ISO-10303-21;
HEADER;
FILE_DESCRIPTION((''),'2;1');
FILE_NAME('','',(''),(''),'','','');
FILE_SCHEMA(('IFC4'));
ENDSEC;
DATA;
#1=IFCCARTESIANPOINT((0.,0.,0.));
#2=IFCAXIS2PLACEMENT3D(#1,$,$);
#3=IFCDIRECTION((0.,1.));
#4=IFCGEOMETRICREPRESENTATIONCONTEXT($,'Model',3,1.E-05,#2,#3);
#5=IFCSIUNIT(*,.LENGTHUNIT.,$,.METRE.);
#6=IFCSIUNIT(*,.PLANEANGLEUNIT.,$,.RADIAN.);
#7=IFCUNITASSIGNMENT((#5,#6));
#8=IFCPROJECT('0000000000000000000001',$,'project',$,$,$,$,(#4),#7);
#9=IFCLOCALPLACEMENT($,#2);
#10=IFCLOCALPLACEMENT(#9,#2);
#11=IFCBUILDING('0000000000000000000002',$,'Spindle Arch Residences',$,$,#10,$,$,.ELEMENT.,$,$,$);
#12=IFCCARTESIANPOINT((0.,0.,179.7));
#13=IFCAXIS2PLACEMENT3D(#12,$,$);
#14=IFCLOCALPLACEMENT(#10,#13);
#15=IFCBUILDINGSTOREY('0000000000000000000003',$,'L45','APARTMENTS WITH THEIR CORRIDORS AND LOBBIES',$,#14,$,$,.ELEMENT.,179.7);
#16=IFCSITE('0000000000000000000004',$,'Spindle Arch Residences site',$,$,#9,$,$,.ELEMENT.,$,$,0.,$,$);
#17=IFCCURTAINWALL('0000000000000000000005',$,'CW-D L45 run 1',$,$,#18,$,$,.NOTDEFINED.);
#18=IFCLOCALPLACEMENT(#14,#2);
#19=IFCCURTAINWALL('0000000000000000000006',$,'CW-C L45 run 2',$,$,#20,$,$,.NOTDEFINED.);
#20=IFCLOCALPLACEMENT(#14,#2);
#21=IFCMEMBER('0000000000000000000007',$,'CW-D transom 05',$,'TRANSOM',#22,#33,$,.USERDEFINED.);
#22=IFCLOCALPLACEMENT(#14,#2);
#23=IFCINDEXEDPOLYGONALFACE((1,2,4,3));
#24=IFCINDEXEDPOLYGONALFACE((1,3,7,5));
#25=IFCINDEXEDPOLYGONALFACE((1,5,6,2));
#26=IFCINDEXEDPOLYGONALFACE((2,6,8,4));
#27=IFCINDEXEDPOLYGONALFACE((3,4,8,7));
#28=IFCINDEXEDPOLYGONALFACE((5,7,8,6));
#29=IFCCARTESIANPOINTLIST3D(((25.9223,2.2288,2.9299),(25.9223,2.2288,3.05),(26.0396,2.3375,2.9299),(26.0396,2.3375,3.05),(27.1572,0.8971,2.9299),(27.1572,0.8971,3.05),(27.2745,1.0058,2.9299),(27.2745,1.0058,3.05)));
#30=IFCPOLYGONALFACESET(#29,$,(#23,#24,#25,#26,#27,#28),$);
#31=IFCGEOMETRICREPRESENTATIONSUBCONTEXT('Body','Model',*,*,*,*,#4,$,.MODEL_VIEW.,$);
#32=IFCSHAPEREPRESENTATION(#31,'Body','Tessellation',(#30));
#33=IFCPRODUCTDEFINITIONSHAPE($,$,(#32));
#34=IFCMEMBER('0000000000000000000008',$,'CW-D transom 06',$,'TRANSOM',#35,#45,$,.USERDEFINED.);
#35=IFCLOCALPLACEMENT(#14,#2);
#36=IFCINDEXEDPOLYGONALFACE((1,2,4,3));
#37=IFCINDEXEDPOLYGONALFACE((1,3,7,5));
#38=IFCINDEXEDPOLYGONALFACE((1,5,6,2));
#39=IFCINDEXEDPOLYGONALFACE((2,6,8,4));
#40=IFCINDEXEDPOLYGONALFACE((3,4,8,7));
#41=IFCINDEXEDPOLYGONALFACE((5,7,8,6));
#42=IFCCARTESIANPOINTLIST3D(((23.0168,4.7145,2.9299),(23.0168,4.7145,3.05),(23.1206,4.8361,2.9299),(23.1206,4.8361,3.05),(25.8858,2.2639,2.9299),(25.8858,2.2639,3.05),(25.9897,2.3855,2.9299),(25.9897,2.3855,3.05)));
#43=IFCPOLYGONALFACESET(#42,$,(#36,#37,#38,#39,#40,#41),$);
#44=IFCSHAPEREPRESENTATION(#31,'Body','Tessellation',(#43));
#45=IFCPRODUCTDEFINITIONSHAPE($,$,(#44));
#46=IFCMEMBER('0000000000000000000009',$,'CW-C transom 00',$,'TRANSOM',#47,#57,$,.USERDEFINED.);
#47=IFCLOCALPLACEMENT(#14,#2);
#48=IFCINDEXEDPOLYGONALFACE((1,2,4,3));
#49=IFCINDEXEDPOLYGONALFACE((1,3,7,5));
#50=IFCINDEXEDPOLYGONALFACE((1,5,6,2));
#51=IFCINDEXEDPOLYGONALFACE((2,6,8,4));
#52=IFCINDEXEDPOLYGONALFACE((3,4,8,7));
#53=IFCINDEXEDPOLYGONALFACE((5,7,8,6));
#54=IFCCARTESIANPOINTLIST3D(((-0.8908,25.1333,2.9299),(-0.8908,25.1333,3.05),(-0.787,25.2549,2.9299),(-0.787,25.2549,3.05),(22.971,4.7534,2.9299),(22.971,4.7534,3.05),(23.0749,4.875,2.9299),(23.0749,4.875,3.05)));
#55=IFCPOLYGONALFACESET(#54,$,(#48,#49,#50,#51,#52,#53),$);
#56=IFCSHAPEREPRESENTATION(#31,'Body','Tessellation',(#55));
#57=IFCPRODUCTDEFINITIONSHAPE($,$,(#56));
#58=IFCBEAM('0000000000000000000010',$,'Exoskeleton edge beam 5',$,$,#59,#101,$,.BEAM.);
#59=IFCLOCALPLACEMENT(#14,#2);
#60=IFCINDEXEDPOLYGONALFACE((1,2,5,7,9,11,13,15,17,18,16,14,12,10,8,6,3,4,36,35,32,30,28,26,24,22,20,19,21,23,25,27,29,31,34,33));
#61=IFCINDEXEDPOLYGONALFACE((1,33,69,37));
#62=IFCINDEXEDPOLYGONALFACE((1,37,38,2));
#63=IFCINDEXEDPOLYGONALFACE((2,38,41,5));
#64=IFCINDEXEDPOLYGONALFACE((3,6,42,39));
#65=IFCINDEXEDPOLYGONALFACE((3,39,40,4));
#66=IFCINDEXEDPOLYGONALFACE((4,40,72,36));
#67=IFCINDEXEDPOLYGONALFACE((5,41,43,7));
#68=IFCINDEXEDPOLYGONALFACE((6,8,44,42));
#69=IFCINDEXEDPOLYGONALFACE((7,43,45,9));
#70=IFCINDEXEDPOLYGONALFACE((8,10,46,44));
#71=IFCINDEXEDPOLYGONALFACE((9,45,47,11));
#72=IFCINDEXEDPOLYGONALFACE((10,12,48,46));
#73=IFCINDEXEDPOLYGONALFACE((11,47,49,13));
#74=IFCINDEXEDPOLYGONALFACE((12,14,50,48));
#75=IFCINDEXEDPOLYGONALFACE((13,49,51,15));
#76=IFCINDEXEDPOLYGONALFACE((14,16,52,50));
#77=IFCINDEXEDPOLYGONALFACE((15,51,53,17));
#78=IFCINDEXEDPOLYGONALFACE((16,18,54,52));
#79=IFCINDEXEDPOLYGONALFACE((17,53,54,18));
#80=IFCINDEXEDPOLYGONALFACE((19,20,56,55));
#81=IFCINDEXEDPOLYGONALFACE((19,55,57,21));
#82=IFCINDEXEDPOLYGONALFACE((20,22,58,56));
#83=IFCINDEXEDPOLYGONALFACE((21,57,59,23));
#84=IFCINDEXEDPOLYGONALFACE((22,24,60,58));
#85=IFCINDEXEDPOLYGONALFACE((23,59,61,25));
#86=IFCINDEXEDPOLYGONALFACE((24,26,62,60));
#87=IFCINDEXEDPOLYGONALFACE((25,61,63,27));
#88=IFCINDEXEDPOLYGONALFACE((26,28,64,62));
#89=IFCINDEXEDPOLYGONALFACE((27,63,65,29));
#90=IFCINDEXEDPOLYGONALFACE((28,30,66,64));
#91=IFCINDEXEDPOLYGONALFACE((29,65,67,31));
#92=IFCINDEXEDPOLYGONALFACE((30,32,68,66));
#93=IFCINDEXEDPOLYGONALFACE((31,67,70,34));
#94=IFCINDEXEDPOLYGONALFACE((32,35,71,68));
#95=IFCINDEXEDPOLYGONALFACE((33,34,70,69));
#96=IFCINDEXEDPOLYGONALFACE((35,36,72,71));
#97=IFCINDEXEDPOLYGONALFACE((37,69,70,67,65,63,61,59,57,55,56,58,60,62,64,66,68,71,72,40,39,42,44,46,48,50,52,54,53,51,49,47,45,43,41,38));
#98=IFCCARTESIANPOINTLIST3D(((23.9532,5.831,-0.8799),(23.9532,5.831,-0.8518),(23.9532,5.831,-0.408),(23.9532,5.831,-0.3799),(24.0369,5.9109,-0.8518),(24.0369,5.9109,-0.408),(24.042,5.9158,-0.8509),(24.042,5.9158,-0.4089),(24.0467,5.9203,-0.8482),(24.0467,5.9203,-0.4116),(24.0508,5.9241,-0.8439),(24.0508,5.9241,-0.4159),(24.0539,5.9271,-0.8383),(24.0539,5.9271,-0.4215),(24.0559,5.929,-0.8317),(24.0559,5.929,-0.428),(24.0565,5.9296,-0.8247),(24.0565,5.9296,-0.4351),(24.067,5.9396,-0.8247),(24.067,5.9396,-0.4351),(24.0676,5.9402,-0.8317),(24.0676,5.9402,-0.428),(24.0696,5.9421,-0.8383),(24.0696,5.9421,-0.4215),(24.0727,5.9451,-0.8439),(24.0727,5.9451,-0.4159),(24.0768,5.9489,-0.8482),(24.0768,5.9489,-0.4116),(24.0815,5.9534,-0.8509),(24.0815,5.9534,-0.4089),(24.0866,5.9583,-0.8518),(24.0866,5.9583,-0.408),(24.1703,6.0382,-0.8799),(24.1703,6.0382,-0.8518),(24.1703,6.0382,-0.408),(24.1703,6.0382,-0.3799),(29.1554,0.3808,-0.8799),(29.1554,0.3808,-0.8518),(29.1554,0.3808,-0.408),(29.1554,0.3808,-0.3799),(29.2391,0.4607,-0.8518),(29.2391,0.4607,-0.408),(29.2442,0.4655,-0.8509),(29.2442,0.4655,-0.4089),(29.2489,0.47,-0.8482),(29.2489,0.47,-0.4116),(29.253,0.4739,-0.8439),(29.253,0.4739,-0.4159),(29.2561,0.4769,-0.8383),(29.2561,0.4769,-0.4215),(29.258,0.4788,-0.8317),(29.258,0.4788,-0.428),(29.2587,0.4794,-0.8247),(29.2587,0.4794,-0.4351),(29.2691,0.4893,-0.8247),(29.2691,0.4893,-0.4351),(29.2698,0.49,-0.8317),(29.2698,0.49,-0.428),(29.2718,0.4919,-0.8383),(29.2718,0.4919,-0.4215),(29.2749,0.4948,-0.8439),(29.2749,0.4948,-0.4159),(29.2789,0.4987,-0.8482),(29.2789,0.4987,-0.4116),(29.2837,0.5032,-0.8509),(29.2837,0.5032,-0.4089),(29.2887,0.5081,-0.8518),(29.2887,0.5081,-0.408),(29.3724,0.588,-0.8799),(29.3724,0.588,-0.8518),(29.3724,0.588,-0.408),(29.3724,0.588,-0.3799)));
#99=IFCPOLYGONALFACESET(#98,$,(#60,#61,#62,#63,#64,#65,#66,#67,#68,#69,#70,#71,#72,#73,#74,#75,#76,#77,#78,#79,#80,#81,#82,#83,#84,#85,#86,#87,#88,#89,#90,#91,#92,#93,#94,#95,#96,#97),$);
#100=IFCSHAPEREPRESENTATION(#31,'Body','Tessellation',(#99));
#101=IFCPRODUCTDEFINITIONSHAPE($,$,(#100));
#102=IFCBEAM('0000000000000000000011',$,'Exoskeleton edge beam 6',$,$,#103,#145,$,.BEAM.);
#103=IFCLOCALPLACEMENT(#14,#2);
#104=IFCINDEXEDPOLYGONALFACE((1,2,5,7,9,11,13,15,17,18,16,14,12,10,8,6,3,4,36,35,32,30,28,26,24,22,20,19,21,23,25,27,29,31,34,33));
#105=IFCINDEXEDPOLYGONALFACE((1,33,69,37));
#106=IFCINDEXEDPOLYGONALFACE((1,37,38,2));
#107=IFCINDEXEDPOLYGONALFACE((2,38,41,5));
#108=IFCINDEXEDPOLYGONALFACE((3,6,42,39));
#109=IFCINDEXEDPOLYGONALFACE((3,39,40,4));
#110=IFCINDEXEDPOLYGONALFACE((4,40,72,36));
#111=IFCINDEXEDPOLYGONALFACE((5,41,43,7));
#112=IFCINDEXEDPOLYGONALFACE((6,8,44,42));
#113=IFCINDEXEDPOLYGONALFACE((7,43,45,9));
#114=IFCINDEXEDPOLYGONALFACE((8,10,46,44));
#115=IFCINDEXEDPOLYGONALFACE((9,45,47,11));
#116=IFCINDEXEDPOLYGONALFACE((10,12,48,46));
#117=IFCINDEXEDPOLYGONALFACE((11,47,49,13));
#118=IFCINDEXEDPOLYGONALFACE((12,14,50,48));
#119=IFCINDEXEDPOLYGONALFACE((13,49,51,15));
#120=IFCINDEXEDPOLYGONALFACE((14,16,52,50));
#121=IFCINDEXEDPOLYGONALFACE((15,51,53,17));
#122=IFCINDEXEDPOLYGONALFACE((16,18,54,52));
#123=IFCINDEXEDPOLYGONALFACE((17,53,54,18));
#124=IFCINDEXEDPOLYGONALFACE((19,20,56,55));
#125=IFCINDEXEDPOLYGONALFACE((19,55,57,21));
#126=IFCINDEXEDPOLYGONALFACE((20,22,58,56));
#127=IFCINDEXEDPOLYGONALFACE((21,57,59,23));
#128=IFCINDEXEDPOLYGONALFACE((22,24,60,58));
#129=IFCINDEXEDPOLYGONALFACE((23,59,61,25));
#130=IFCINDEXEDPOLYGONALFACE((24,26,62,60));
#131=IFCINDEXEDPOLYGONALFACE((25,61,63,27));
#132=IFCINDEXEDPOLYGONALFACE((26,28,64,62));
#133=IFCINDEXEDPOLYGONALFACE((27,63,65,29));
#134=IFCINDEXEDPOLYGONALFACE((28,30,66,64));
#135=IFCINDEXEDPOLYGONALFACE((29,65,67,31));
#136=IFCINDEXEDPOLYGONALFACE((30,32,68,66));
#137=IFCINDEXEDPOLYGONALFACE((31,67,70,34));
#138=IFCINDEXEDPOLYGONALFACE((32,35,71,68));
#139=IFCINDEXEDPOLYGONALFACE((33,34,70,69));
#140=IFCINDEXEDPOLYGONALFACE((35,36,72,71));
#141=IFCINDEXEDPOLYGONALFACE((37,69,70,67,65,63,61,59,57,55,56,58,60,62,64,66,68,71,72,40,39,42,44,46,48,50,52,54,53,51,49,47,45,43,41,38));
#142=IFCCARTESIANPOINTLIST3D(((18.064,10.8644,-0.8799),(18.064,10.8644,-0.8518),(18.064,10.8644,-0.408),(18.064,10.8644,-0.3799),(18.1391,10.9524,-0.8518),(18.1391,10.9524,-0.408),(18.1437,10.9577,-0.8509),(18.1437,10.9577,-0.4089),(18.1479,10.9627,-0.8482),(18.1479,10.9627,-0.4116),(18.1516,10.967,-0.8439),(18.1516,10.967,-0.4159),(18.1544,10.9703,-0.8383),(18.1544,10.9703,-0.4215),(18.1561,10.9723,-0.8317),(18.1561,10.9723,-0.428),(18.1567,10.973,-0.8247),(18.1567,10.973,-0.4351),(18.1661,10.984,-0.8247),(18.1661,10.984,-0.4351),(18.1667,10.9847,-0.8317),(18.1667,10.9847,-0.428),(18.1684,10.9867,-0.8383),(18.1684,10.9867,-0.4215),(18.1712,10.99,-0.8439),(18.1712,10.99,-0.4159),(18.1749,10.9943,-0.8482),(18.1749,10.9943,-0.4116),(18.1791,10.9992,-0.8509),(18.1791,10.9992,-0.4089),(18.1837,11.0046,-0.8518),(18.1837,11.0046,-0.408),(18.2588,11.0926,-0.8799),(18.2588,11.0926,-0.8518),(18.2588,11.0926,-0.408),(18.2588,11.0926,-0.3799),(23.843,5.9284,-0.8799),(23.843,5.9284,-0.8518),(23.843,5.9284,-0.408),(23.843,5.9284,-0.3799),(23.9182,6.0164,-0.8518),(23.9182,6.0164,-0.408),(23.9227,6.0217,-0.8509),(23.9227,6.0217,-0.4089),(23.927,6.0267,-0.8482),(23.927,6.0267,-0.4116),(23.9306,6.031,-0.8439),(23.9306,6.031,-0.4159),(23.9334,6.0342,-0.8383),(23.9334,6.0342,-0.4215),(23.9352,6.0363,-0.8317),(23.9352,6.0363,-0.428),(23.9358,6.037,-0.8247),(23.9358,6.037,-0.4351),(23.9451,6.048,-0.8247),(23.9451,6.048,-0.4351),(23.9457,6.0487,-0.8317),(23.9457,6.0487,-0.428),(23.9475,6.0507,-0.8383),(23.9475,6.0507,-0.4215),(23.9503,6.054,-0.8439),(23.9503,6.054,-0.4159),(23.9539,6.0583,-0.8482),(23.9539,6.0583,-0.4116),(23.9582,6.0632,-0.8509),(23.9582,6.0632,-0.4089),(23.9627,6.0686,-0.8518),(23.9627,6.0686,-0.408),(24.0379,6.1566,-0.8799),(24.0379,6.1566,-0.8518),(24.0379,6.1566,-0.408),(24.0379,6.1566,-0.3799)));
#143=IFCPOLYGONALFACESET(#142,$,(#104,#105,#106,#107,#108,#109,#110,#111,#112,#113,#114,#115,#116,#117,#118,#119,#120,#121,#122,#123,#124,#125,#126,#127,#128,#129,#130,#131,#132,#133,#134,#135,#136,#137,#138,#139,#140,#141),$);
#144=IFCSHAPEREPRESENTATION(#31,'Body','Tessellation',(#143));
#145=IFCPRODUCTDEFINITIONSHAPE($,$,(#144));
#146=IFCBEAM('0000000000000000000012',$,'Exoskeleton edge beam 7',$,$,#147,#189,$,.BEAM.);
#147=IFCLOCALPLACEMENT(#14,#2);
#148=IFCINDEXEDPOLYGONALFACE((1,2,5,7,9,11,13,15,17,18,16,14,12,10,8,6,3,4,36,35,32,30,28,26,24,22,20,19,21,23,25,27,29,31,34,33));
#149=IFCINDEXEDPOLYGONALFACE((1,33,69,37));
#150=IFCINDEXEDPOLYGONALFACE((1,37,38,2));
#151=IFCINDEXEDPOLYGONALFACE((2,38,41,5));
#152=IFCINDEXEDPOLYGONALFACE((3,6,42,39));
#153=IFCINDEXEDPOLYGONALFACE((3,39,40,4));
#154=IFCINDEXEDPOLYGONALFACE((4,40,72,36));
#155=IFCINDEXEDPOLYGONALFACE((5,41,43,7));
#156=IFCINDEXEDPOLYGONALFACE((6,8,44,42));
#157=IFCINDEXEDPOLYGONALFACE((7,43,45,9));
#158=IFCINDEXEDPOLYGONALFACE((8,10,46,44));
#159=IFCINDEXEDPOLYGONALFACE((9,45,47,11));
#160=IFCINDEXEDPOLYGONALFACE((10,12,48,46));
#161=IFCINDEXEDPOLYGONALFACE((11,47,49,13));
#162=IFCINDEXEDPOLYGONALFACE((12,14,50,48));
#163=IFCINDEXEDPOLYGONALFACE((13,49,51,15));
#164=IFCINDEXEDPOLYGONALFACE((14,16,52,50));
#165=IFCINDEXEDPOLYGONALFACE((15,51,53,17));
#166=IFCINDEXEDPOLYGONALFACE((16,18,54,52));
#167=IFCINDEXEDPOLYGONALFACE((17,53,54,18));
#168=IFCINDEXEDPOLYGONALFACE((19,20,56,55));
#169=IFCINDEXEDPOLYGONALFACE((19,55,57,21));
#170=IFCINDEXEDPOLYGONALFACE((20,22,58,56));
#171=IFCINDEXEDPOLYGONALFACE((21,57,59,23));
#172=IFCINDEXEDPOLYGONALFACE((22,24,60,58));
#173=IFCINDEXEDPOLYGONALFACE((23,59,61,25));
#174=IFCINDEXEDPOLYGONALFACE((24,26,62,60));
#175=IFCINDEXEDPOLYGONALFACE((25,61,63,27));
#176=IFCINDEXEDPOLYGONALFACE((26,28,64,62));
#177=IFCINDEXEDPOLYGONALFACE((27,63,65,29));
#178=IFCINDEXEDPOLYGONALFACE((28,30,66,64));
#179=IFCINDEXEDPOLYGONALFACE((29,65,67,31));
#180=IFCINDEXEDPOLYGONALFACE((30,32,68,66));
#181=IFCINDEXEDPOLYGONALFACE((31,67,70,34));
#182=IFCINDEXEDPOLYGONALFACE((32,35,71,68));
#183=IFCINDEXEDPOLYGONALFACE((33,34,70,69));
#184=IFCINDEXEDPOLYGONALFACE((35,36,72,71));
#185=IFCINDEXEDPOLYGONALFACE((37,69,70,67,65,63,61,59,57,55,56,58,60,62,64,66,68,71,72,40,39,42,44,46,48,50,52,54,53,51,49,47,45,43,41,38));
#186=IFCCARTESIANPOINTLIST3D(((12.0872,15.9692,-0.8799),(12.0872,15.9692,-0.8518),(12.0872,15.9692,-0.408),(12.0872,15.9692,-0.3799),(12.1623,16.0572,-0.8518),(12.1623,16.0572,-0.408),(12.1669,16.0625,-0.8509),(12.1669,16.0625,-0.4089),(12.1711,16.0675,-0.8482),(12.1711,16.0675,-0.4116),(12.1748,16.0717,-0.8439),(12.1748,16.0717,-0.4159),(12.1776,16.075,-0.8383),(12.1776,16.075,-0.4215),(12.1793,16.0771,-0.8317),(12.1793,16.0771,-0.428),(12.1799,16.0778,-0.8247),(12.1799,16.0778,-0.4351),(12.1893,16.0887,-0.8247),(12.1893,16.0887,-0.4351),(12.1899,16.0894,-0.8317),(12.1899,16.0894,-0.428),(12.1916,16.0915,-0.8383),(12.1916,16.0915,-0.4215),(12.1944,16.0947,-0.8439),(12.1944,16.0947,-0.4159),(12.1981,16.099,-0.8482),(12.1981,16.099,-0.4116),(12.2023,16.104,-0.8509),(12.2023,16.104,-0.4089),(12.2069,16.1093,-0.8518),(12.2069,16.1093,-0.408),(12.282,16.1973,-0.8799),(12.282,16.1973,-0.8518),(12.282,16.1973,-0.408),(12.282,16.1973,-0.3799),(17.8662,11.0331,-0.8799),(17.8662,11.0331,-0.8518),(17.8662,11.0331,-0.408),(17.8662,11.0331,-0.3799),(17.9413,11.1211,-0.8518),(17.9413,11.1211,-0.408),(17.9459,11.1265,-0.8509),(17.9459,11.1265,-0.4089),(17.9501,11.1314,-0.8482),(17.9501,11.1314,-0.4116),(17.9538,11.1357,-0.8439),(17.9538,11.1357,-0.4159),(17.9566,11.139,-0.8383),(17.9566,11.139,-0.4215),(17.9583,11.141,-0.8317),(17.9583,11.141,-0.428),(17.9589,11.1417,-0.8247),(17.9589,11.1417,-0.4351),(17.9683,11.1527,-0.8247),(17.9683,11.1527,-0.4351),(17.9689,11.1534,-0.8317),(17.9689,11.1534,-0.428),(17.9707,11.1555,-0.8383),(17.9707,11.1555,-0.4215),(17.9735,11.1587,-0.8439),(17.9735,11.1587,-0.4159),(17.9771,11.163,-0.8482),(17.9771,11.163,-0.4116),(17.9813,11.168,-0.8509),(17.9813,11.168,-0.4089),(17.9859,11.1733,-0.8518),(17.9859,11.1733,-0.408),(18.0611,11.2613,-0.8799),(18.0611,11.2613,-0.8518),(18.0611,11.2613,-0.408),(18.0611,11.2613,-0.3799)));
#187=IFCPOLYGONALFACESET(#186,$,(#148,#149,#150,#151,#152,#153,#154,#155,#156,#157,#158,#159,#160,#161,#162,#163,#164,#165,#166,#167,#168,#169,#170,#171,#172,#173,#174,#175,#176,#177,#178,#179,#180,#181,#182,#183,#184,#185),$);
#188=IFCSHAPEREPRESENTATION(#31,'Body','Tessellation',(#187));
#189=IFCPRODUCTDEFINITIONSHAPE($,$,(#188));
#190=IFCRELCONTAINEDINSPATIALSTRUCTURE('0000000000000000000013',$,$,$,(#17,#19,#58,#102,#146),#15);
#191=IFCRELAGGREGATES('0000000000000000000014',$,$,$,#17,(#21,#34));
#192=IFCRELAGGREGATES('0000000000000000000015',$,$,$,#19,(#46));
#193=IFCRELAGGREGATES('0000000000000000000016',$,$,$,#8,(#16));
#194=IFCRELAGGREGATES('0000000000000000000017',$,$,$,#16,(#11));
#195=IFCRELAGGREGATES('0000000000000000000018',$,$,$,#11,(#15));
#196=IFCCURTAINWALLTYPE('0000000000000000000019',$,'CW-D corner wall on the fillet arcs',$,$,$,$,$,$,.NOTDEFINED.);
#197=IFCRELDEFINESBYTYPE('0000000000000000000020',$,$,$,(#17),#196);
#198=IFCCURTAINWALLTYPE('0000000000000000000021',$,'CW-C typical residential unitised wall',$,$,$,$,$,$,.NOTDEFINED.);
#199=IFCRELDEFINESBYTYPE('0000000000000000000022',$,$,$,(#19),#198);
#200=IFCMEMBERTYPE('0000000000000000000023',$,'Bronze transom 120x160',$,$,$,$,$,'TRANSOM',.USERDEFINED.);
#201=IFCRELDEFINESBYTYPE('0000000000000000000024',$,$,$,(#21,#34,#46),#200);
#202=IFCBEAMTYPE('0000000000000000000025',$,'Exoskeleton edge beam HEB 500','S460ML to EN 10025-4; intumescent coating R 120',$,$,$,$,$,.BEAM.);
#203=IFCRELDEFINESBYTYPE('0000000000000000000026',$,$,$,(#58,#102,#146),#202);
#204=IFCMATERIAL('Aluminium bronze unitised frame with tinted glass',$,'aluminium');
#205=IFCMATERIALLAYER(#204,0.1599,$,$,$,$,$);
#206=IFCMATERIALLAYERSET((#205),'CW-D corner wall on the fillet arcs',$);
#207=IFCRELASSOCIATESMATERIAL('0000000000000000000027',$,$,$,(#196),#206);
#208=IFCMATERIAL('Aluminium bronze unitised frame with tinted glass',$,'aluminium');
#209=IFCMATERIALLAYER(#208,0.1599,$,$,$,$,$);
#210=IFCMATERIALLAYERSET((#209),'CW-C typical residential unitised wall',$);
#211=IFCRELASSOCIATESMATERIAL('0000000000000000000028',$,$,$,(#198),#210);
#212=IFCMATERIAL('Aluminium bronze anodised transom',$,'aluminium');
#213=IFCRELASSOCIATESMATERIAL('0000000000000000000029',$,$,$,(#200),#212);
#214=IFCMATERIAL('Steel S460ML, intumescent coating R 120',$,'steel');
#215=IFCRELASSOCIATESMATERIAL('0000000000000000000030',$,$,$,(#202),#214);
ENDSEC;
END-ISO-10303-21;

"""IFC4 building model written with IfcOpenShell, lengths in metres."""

from ifc_helpers import new_model, si_unit, direction, frame, origin, origin_2d, place, context, subcontext, project, spatial, rectangle, i_section, extrude, material, layer, layer_set, material_profile, profile_set, type_object, element, aggregate, save


model = new_model("IFC4")

# Units and contexts
model_context = context("Model", 3, precision=1e-05, world=origin(), true_north=direction((0.0, 1.0)))
body_context = subcontext(model_context, "Body", "Model", "MODEL_VIEW")
ifc_project = project(units=[si_unit("LENGTHUNIT", "METRE"), si_unit("PLANEANGLEUNIT", "RADIAN")], contexts=[model_context])

# Site, building, storey
site_placement = place(None, origin())
site = spatial("IfcSite", under=ifc_project, at=site_placement, Name="Spindle Arch Residences site", CompositionType="ELEMENT", RefElevation=0.0)
building_placement = place(site_placement, origin())
building = spatial("IfcBuilding", under=site, at=building_placement, Name="Spindle Arch Residences", CompositionType="ELEMENT")
storey_placement = place(building_placement, frame((0.0, 0.0, 179.7)))
storey = spatial("IfcBuildingStorey", under=building, at=storey_placement, Name="L45", Description="APARTMENTS WITH THEIR CORRIDORS AND LOBBIES", CompositionType="ELEMENT", Elevation=179.7)

# Curtain walls
ifc_material_1 = material(Name="Aluminium bronze unitised frame with tinted glass", Category="aluminium")
ifc_layer_1 = layer(ifc_material_1, 0.1599)
ifc_layer_set_1 = layer_set([ifc_layer_1], Name="CW-D corner wall on the fillet arcs")
curtain_wall_type_1 = type_object("IfcCurtainWallType", Name="CW-D corner wall on the fillet arcs", PredefinedType="NOTDEFINED", material=ifc_layer_set_1)
curtain_wall_1_placement = place(storey_placement, origin())
curtain_wall_1 = element("IfcCurtainWall", 1, at=curtain_wall_1_placement, inside=storey, type_object=curtain_wall_type_1, Name="CW-D L45 run 1", PredefinedType="NOTDEFINED")
ifc_material_2 = material(Name="Aluminium bronze unitised frame with tinted glass", Category="aluminium")
ifc_layer_2 = layer(ifc_material_2, 0.1599)
ifc_layer_set_2 = layer_set([ifc_layer_2], Name="CW-C typical residential unitised wall")
curtain_wall_type_2 = type_object("IfcCurtainWallType", Name="CW-C typical residential unitised wall", PredefinedType="NOTDEFINED", material=ifc_layer_set_2)
curtain_wall_2_placement = place(storey_placement, origin())
curtain_wall_2 = element("IfcCurtainWall", 2, at=curtain_wall_2_placement, inside=storey, type_object=curtain_wall_type_2, Name="CW-C L45 run 2", PredefinedType="NOTDEFINED")

# Members
ifc_material_3 = material(Name="Aluminium bronze anodised transom", Category="aluminium")
ifc_material_profile_1 = material_profile(ifc_material_3, rectangle(XDim=0.1599, YDim=0.1201, at=origin_2d()), Name="TR 120x160")
ifc_profile_set_1 = profile_set([ifc_material_profile_1], Name="Aluminium bronze anodised transom")
member_type_1 = type_object("IfcMemberType", Name="Bronze transom 120x160", ElementType="TRANSOM", PredefinedType="USERDEFINED", material=ifc_profile_set_1)
member_1_placement = place(storey_placement, frame((27.2158, 0.9514, 2.99), z_axis=(-0.67992, 0.733286, 0.0), x_axis=(-0.733286, -0.67992, 0.0)))
member_1 = element("IfcMember", 3, at=member_1_placement, type_object=member_type_1, Name="CW-D transom 05", ObjectType="TRANSOM", PredefinedType="USERDEFINED", context=body_context, shape_type="SweptSolid", body=[
    extrude(rectangle(XDim=0.1599, YDim=0.1201, at=origin_2d()), origin(), (0.0, 0.0, 1.0), 1.8162),
])
member_2_placement = place(storey_placement, frame((25.9377, 2.3247, 2.99), z_axis=(-0.760379, 0.64948, 0.0), x_axis=(-0.64948, -0.760379, 0.0)))
member_2 = element("IfcMember", 4, at=member_2_placement, type_object=member_type_1, Name="CW-D transom 06", ObjectType="TRANSOM", PredefinedType="USERDEFINED", context=body_context, shape_type="SweptSolid", body=[
    extrude(rectangle(XDim=0.1599, YDim=0.1201, at=origin_2d()), origin(), (0.0, 0.0, 1.0), 3.7732),
])
member_3_placement = place(storey_placement, frame((23.0229, 4.8142, 2.99), z_axis=(-0.760406, 0.649447, 0.0), x_axis=(-0.649447, -0.760406, 0.0)))
member_3 = element("IfcMember", 5, at=member_3_placement, type_object=member_type_1, Name="CW-C transom 00", ObjectType="TRANSOM", PredefinedType="USERDEFINED", context=body_context, shape_type="SweptSolid", body=[
    extrude(rectangle(XDim=0.1599, YDim=0.1201, at=origin_2d()), origin(), (0.0, 0.0, 1.0), 31.3804),
])

# Beams
ifc_material_4 = material(Name="Steel S460ML, intumescent coating R 120", Category="steel")
ifc_material_profile_2 = material_profile(ifc_material_4, i_section(OverallWidth=0.3, OverallDepth=0.5, WebThickness=0.0144, FlangeThickness=0.0281, FilletRadius=0.0271, at=origin_2d()), Name="HEB 500")
ifc_profile_set_2 = profile_set([ifc_material_profile_2], Name="Steel S460ML, intumescent coating R 120")
beam_type_1 = type_object("IfcBeamType", Name="Exoskeleton edge beam HEB 500", Description="S460ML to EN 10025-4; intumescent coating R 120", PredefinedType="BEAM", material=ifc_profile_set_2)
beam_1_placement = place(storey_placement, frame((29.2639, 0.4844, -0.6299), z_axis=(-0.690454, 0.723376, 0.0), x_axis=(-0.723376, -0.690454, 0.0)))
element("IfcBeam", 6, at=beam_1_placement, inside=storey, type_object=beam_type_1, Name="Exoskeleton edge beam 5", PredefinedType="BEAM", context=body_context, shape_type="SweptSolid", body=[
    extrude(i_section(OverallWidth=0.3, OverallDepth=0.5, WebThickness=0.0144, FlangeThickness=0.0281, FilletRadius=0.0271, at=origin_2d()), origin(), (0.0, 0.0, 1.0), 7.5344),
])
for number, where, z_axis, x_axis, name in (
    (7, (23.9404, 6.0425, -0.6299), (-0.760389, 0.649468, 0.0), (-0.649468, -0.760389, 0.0), "Exoskeleton edge beam 6"),
    (8, (17.9636, 11.1472, -0.6299), (-0.760389, 0.649468, 0.0), (-0.649468, -0.760389, 0.0), "Exoskeleton edge beam 7"),
):
    element("IfcBeam", number, at=place(storey_placement, frame(where, z_axis=z_axis, x_axis=x_axis)), inside=storey, type_object=beam_type_1, Name=name, PredefinedType="BEAM", context=body_context, shape_type="SweptSolid", body=[
        extrude(i_section(OverallWidth=0.3, OverallDepth=0.5, WebThickness=0.0144, FlangeThickness=0.0281, FilletRadius=0.0271, at=origin_2d()), origin(), (0.0, 0.0, 1.0), 7.6001),
    ])

aggregate(curtain_wall_1, [member_1, member_2])
aggregate(curtain_wall_2, [member_3])

save(model, "model.ifc")
